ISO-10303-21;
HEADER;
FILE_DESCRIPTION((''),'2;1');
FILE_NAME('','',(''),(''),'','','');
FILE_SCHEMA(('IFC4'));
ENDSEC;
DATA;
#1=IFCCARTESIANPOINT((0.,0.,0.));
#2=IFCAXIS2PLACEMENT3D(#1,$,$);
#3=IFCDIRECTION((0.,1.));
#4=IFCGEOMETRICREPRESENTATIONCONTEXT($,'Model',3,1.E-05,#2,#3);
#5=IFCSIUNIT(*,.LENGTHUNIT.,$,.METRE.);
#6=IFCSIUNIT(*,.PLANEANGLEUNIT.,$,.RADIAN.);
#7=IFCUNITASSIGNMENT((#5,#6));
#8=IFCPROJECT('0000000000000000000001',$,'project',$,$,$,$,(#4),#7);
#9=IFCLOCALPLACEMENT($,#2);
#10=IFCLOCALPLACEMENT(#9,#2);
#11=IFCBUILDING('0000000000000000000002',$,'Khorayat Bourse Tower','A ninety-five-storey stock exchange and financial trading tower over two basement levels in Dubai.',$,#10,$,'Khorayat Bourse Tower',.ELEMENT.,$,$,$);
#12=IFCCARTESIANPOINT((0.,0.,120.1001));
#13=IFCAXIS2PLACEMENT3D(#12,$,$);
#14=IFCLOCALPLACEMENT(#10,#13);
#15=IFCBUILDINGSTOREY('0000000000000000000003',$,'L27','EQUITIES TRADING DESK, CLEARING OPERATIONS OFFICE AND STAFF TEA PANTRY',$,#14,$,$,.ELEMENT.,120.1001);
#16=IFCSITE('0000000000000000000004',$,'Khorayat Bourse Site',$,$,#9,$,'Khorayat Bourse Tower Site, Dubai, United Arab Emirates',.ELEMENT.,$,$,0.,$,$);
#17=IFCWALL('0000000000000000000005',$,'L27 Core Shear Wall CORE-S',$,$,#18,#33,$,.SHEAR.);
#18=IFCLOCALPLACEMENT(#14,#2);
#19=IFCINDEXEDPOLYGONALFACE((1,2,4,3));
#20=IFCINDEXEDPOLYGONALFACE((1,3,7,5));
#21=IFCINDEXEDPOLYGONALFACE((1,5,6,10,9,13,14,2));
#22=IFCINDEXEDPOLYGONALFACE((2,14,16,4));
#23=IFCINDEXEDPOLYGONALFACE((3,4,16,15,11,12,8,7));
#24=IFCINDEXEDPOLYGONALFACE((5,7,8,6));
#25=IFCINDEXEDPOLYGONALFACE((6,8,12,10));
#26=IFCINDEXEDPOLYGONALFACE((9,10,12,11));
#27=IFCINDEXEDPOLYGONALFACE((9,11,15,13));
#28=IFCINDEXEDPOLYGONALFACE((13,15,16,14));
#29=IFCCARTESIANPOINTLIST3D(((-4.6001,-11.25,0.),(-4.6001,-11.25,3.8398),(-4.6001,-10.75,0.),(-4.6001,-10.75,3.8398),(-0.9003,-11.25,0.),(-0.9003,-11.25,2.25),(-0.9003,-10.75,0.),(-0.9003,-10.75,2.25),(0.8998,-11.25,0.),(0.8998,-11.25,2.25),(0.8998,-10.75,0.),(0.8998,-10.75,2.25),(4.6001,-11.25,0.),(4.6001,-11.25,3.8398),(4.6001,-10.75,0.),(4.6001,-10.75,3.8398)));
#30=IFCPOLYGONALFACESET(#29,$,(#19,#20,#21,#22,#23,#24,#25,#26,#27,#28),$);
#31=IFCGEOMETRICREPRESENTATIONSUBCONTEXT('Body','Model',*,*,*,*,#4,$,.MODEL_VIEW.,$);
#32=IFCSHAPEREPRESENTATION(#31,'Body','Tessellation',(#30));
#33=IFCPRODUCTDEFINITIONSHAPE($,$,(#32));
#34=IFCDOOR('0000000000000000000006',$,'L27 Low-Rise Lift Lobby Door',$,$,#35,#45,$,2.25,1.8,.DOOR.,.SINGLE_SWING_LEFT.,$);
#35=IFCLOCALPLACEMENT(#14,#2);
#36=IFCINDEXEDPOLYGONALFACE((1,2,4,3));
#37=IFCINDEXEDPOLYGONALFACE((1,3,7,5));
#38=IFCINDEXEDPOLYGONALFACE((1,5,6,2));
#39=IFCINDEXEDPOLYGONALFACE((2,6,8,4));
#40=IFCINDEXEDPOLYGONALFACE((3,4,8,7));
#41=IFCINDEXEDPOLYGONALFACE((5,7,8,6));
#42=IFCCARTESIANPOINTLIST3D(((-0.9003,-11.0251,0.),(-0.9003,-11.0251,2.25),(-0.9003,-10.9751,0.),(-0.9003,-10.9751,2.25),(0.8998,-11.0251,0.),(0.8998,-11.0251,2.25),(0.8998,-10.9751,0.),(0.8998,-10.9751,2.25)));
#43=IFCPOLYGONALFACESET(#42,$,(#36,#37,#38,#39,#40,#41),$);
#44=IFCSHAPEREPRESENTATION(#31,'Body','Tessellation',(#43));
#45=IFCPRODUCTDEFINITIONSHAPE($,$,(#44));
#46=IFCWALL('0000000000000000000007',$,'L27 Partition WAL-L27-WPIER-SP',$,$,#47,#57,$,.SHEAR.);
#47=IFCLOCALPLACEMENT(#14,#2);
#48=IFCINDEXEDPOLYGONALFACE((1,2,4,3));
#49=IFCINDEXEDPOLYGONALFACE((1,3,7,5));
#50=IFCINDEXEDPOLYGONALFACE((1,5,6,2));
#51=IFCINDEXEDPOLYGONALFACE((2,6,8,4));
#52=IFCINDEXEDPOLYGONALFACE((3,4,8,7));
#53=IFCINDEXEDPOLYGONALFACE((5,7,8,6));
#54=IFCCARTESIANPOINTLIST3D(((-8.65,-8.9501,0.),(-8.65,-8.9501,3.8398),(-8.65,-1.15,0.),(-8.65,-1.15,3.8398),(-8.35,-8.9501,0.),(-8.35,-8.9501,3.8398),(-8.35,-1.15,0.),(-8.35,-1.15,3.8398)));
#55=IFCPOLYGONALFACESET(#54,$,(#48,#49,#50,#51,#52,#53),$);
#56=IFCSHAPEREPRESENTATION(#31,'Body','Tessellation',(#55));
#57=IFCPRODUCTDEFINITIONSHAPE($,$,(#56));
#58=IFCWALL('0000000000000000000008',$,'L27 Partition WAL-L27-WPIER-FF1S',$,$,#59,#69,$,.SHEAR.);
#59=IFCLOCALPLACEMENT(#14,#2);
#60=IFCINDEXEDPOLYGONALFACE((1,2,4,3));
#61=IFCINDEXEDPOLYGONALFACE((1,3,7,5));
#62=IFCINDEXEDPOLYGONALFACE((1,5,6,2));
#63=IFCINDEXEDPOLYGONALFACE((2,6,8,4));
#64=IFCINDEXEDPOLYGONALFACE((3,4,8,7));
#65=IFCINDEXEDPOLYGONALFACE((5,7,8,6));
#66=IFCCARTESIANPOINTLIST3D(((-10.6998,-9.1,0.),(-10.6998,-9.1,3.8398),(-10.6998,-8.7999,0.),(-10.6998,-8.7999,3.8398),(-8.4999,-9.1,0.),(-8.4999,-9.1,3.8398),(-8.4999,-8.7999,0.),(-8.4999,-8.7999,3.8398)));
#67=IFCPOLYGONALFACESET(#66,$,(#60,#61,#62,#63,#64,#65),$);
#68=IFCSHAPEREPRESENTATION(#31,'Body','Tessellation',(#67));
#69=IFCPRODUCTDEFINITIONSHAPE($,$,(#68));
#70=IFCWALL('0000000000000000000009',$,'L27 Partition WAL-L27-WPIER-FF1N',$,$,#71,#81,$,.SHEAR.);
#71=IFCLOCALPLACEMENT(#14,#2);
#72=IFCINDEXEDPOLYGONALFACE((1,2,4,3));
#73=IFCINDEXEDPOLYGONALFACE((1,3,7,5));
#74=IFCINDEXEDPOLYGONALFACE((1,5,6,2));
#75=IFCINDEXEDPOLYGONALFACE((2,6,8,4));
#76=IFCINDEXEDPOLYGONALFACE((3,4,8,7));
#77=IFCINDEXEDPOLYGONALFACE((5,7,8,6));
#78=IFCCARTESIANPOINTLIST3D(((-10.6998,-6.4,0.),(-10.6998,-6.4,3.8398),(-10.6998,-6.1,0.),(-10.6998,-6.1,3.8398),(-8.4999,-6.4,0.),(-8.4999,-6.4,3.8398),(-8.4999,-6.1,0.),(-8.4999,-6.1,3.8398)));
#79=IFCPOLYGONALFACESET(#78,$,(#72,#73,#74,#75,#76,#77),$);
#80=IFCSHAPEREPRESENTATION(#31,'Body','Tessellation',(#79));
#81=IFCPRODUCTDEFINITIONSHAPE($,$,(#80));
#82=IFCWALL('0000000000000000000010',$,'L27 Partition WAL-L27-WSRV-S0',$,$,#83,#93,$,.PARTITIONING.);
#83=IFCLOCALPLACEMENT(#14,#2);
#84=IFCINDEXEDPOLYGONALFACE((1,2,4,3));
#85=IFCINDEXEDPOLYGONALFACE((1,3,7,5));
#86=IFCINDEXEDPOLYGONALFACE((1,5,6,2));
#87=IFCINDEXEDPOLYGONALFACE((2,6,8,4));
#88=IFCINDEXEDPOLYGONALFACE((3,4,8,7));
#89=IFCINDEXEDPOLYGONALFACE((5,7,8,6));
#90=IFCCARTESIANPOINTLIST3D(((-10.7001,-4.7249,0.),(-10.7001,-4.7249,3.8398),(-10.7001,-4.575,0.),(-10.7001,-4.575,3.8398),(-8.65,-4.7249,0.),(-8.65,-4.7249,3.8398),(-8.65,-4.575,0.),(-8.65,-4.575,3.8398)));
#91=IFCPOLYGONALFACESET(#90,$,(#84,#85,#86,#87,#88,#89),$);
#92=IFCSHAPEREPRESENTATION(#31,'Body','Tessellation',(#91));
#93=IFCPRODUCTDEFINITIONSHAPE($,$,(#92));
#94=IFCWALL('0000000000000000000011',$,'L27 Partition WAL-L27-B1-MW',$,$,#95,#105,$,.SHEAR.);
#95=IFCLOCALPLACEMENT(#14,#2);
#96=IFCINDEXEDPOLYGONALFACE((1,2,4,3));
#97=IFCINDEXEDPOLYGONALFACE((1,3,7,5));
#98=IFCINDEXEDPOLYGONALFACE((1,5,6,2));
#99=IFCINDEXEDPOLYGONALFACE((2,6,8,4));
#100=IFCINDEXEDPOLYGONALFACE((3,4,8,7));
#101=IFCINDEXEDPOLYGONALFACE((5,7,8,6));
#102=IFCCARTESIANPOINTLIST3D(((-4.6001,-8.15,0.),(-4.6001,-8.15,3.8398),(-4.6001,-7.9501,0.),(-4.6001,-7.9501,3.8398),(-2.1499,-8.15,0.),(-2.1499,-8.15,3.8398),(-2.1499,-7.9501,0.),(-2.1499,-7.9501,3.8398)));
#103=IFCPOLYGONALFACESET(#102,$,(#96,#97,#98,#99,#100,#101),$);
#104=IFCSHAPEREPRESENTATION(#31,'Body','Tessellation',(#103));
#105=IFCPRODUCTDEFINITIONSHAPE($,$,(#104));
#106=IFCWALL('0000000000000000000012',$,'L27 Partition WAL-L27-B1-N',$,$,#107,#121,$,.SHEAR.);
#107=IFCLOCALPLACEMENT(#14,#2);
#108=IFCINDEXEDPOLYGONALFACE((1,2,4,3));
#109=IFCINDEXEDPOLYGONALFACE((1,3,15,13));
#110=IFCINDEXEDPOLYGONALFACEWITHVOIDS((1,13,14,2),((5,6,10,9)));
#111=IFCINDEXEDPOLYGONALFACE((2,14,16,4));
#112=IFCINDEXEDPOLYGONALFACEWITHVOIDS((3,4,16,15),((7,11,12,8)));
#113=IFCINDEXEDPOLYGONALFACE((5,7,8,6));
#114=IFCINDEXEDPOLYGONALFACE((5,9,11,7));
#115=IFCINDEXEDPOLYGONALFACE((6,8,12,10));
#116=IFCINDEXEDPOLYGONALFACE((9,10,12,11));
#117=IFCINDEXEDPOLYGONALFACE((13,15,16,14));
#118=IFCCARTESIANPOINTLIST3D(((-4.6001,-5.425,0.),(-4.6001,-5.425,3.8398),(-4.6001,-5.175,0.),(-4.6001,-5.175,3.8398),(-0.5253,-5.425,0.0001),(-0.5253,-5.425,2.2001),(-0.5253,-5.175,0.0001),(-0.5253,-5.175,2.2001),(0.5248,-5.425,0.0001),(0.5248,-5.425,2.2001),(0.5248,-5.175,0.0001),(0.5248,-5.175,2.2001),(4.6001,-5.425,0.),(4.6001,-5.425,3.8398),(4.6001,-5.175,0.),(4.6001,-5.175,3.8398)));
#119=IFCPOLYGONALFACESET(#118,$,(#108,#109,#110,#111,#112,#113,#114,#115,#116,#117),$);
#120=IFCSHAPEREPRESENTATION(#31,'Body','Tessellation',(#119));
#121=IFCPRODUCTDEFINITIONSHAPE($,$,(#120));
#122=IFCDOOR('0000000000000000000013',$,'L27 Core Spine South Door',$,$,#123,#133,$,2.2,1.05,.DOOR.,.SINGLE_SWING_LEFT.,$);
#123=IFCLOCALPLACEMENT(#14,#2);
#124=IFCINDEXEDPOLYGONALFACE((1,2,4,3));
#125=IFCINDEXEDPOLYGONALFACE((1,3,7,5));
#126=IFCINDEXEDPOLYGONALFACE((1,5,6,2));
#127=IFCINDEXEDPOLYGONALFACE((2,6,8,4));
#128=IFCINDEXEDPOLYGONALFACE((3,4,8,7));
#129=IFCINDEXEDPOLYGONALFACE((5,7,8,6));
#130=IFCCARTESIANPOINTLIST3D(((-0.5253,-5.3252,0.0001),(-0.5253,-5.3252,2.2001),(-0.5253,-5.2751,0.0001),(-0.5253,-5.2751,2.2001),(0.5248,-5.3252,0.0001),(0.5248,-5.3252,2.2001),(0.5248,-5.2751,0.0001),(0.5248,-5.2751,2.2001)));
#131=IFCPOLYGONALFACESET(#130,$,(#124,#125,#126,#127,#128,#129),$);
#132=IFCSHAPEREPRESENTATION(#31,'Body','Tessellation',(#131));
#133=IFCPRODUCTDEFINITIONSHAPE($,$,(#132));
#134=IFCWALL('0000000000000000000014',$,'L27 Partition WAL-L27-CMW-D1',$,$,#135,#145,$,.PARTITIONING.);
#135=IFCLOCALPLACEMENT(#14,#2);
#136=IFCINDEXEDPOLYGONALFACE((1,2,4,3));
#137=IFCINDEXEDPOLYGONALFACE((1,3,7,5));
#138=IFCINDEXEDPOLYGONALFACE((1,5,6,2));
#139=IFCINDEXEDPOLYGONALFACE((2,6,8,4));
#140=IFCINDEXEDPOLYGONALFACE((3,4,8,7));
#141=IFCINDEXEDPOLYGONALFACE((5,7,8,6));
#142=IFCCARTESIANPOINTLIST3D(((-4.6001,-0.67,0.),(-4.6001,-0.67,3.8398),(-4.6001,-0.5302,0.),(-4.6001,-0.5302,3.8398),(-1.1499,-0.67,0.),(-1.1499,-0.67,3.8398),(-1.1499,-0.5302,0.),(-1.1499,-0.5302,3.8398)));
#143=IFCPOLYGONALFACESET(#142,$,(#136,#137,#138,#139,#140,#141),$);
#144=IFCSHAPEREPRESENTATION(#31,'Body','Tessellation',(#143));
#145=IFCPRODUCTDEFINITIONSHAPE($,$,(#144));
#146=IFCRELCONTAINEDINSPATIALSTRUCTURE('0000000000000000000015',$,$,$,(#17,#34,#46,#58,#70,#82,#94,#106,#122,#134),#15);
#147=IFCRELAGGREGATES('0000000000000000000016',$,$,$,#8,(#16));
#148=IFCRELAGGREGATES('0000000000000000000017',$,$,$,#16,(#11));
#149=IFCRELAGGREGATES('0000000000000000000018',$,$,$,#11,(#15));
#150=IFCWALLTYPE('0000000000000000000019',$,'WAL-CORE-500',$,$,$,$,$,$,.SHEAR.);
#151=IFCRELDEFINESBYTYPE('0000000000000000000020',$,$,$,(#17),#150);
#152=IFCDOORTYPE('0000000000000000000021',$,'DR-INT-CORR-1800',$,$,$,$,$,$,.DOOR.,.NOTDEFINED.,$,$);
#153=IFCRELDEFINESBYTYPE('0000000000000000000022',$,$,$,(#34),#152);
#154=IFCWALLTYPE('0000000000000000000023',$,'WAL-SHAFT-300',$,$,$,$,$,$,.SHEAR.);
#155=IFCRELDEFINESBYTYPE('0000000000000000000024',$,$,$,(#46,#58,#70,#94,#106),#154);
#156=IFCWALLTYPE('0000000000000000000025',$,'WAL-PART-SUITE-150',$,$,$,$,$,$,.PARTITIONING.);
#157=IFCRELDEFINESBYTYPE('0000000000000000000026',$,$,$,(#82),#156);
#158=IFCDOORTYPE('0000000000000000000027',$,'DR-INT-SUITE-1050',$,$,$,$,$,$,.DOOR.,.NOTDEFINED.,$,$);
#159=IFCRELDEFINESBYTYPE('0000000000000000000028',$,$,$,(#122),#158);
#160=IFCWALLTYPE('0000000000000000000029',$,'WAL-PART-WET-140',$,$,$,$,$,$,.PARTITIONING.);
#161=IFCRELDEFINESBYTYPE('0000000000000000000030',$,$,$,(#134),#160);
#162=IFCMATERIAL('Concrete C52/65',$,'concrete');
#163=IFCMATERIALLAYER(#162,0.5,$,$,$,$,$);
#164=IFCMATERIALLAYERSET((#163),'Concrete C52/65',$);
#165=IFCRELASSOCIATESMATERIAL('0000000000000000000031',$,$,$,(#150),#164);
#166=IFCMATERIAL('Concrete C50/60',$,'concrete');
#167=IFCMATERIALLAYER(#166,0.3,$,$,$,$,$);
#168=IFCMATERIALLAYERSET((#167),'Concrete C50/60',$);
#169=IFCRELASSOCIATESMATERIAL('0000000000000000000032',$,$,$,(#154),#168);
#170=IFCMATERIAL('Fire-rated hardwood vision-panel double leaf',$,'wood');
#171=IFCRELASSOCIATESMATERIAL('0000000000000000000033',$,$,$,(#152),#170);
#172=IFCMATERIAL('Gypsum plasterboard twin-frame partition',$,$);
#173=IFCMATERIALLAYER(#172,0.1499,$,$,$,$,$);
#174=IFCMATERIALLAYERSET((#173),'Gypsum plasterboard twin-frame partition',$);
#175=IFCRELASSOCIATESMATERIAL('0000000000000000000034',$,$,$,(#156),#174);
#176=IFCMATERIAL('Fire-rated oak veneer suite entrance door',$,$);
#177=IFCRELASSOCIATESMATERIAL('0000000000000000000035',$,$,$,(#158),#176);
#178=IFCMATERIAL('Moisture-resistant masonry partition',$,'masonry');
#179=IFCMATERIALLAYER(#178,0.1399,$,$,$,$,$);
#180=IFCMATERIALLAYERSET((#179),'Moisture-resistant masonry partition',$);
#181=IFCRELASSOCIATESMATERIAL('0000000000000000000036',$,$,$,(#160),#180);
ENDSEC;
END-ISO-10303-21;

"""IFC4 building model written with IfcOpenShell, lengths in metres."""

from ifc_helpers import new_model, si_unit, direction, frame, frame_2d, origin, place, context, subcontext, project, spatial, rectangle, extrude, source, transform, mapped, material, layer, layer_set, type_object, element, fill, save


model = new_model("IFC4")

# Units and contexts
model_context = context("Model", 3, precision=1e-05, world=origin(), true_north=direction((0.0, 1.0)))
body_context = subcontext(model_context, "Body", "Model", "MODEL_VIEW")
ifc_project = project(units=[si_unit("LENGTHUNIT", "METRE"), si_unit("PLANEANGLEUNIT", "RADIAN")], contexts=[model_context])

# Site, building, storey
site_placement = place(None, origin())
site = spatial("IfcSite", under=ifc_project, at=site_placement, Name="Khorayat Bourse Site", LongName="Khorayat Bourse Tower Site, Dubai, United Arab Emirates", CompositionType="ELEMENT", RefElevation=0.0)
building_placement = place(site_placement, origin())
building = spatial("IfcBuilding", under=site, at=building_placement, Name="Khorayat Bourse Tower", Description="A ninety-five-storey stock exchange and financial trading tower over two basement levels in Dubai.", LongName="Khorayat Bourse Tower", CompositionType="ELEMENT")
storey_placement = place(building_placement, frame((0.0, 0.0, 120.1001)))
storey = spatial("IfcBuildingStorey", under=building, at=storey_placement, Name="L27", Description="EQUITIES TRADING DESK, CLEARING OPERATIONS OFFICE AND STAFF TEA PANTRY", CompositionType="ELEMENT", Elevation=120.1001)

# Shared definitions
ifc_material_1 = material(Name="Concrete C52/65", Category="concrete")
ifc_layer_1 = layer(ifc_material_1, 0.5)
ifc_layer_set_1 = layer_set([ifc_layer_1], Name="Concrete C52/65")
wall_type_1 = type_object("IfcWallType", Name="WAL-CORE-500", PredefinedType="SHEAR", material=ifc_layer_set_1)
ifc_material_2 = material(Name="Concrete C50/60", Category="concrete")
ifc_layer_2 = layer(ifc_material_2, 0.3)
ifc_layer_set_2 = layer_set([ifc_layer_2], Name="Concrete C50/60")
wall_type_2 = type_object("IfcWallType", Name="WAL-SHAFT-300", PredefinedType="SHEAR", material=ifc_layer_set_2)

# Wall, opening, door
shared_shape_1 = source(origin(), body_context, "Body", "SweptSolid", [
    extrude(rectangle(XDim=9.2002, YDim=0.5, at=frame_2d((4.6001, 0.0))), origin(), (0.0, 0.0, 1.0), 3.8398),
])
wall_1_placement = place(storey_placement, frame((-4.6001, -11.0, 0.0), z_axis=(0.0, 0.0, 1.0), x_axis=(1.0, 0.0, 0.0)))
wall_1 = element("IfcWall", 1, at=wall_1_placement, inside=storey, type_object=wall_type_1, Name="L27 Core Shear Wall CORE-S", PredefinedType="SHEAR", context=body_context, shape_type="MappedRepresentation", body=[
    mapped(shared_shape_1, transform((0.0, 0.0, 0.0), scale=1.0)),
])
shared_shape_2 = source(origin(), body_context, "Body", "SweptSolid", [
    extrude(rectangle(XDim=1.8, YDim=2.25, at=frame_2d((0.8999, 1.125))), frame((0.0, 0.26, 0.0), z_axis=(0.0, -1.0, 0.0), x_axis=(1.0, 0.0, 0.0)), (0.0, 0.0, 1.0), 0.52),
])
opening_1_placement = place(wall_1_placement, frame((3.7, 0.0, 0.0)))
opening_1 = element("IfcOpeningElement", 2, at=opening_1_placement, cuts=wall_1, PredefinedType="OPENING", context=body_context, shape_type="MappedRepresentation", body=[
    mapped(shared_shape_2, transform((0.0, 0.0, 0.0), scale=1.0)),
])
ifc_material_3 = material(Name="Fire-rated hardwood vision-panel double leaf", Category="wood")
door_type_1 = type_object("IfcDoorType", Name="DR-INT-CORR-1800", OperationType="NOTDEFINED", PredefinedType="DOOR", material=ifc_material_3)
shared_shape_3 = source(origin(), body_context, "Body", "SweptSolid", [
    extrude(rectangle(XDim=1.8, YDim=2.25, at=frame_2d((0.8999, 1.125))), frame((0.0, 0.0249, 0.0), z_axis=(0.0, -1.0, 0.0), x_axis=(1.0, 0.0, 0.0)), (0.0, 0.0, 1.0), 0.05),
])
door_1_placement = place(opening_1_placement, origin())
door_1 = element("IfcDoor", 3, at=door_1_placement, inside=storey, type_object=door_type_1, Name="L27 Low-Rise Lift Lobby Door", OperationType="SINGLE_SWING_LEFT", OverallHeight=2.25, OverallWidth=1.8, PredefinedType="DOOR", context=body_context, shape_type="MappedRepresentation", body=[
    mapped(shared_shape_3, transform((0.0, 0.0, 0.0), scale=1.0)),
])
fill(opening_1, door_1)

# Walls
shared_shape_4 = source(origin(), body_context, "Body", "SweptSolid", [
    extrude(rectangle(XDim=7.8, YDim=0.3, at=frame_2d((3.8999, 0.0))), origin(), (0.0, 0.0, 1.0), 3.8398),
])
wall_2_placement = place(storey_placement, frame((-8.5, -8.95, 0.0), z_axis=(0.0, 0.0, 1.0), x_axis=(0.0, 1.0, 0.0)))
element("IfcWall", 4, at=wall_2_placement, inside=storey, type_object=wall_type_2, Name="L27 Partition WAL-L27-WPIER-SP", PredefinedType="SHEAR", context=body_context, shape_type="MappedRepresentation", body=[
    mapped(shared_shape_4, transform((0.0, 0.0, 0.0), scale=1.0)),
])
shared_shape_5 = source(origin(), body_context, "Body", "SweptSolid", [
    extrude(rectangle(XDim=2.2, YDim=0.3, at=frame_2d((1.1001, 0.0))), origin(), (0.0, 0.0, 1.0), 3.8398),
])
for number, where, z_axis, x_axis, name in (
    (5, (-10.7, -8.95, 0.0), (0.0, 0.0, 1.0), (1.0, 0.0, 0.0), "L27 Partition WAL-L27-WPIER-FF1S"),
    (6, (-10.7, -6.25, 0.0), (0.0, 0.0, 1.0), (1.0, 0.0, 0.0), "L27 Partition WAL-L27-WPIER-FF1N"),
):
    element("IfcWall", number, at=place(storey_placement, frame(where, z_axis=z_axis, x_axis=x_axis)), inside=storey, type_object=wall_type_2, Name=name, PredefinedType="SHEAR", context=body_context, shape_type="MappedRepresentation", body=[
        mapped(shared_shape_5, transform((0.0, 0.0, 0.0), scale=1.0)),
    ])
ifc_material_4 = material(Name="Gypsum plasterboard twin-frame partition")
ifc_layer_3 = layer(ifc_material_4, 0.1499)
ifc_layer_set_3 = layer_set([ifc_layer_3], Name="Gypsum plasterboard twin-frame partition")
wall_type_3 = type_object("IfcWallType", Name="WAL-PART-SUITE-150", PredefinedType="PARTITIONING", material=ifc_layer_set_3)
shared_shape_6 = source(origin(), body_context, "Body", "SweptSolid", [
    extrude(rectangle(XDim=2.05, YDim=0.1499, at=frame_2d((1.0249, 0.0))), origin(), (0.0, 0.0, 1.0), 3.8398),
])
wall_3_placement = place(storey_placement, frame((-10.7, -4.6499, 0.0), z_axis=(0.0, 0.0, 1.0), x_axis=(1.0, 0.0, 0.0)))
element("IfcWall", 7, at=wall_3_placement, inside=storey, type_object=wall_type_3, Name="L27 Partition WAL-L27-WSRV-S0", PredefinedType="PARTITIONING", context=body_context, shape_type="MappedRepresentation", body=[
    mapped(shared_shape_6, transform((0.0, 0.0, 0.0), scale=1.0)),
])
shared_shape_7 = source(origin(), body_context, "Body", "SweptSolid", [
    extrude(rectangle(XDim=2.4502, YDim=0.2, at=frame_2d((1.2251, 0.0))), origin(), (0.0, 0.0, 1.0), 3.8398),
])
wall_4_placement = place(storey_placement, frame((-4.6001, -8.05, 0.0), z_axis=(0.0, 0.0, 1.0), x_axis=(1.0, 0.0, 0.0)))
element("IfcWall", 8, at=wall_4_placement, inside=storey, type_object=wall_type_2, Name="L27 Partition WAL-L27-B1-MW", PredefinedType="SHEAR", context=body_context, shape_type="MappedRepresentation", body=[
    mapped(shared_shape_7, transform((0.0, 0.0, 0.0), scale=1.0)),
])

# Wall, opening, door
shared_shape_8 = source(origin(), body_context, "Body", "SweptSolid", [
    extrude(rectangle(XDim=9.2002, YDim=0.25, at=frame_2d((4.6001, 0.0))), origin(), (0.0, 0.0, 1.0), 3.8398),
])
wall_5_placement = place(storey_placement, frame((-4.6001, -5.3, 0.0), z_axis=(0.0, 0.0, 1.0), x_axis=(1.0, 0.0, 0.0)))
wall_5 = element("IfcWall", 9, at=wall_5_placement, inside=storey, type_object=wall_type_2, Name="L27 Partition WAL-L27-B1-N", PredefinedType="SHEAR", context=body_context, shape_type="MappedRepresentation", body=[
    mapped(shared_shape_8, transform((0.0, 0.0, 0.0), scale=1.0)),
])
shared_shape_9 = source(origin(), body_context, "Body", "SweptSolid", [
    extrude(rectangle(XDim=1.05, YDim=2.2, at=frame_2d((0.5249, 1.1001))), frame((0.0, 0.135, 0.0), z_axis=(0.0, -1.0, 0.0), x_axis=(1.0, 0.0, 0.0)), (0.0, 0.0, 1.0), 0.27),
])
opening_2_placement = place(wall_5_placement, frame((4.075, 0.0, 0.0)))
opening_2 = element("IfcOpeningElement", 10, at=opening_2_placement, cuts=wall_5, PredefinedType="OPENING", context=body_context, shape_type="MappedRepresentation", body=[
    mapped(shared_shape_9, transform((0.0, 0.0, 0.0), scale=1.0)),
])
ifc_material_5 = material(Name="Fire-rated oak veneer suite entrance door")
door_type_2 = type_object("IfcDoorType", Name="DR-INT-SUITE-1050", OperationType="NOTDEFINED", PredefinedType="DOOR", material=ifc_material_5)
shared_shape_10 = source(origin(), body_context, "Body", "SweptSolid", [
    extrude(rectangle(XDim=1.05, YDim=2.2, at=frame_2d((0.5249, 1.1001))), frame((0.0, 0.0249, 0.0), z_axis=(0.0, -1.0, 0.0), x_axis=(1.0, 0.0, 0.0)), (0.0, 0.0, 1.0), 0.05),
])
door_2_placement = place(opening_2_placement, origin())
door_2 = element("IfcDoor", 11, at=door_2_placement, inside=storey, type_object=door_type_2, Name="L27 Core Spine South Door", OperationType="SINGLE_SWING_LEFT", OverallHeight=2.2, OverallWidth=1.05, PredefinedType="DOOR", context=body_context, shape_type="MappedRepresentation", body=[
    mapped(shared_shape_10, transform((0.0, 0.0, 0.0), scale=1.0)),
])
fill(opening_2, door_2)

# Wall
ifc_material_6 = material(Name="Moisture-resistant masonry partition", Category="masonry")
ifc_layer_4 = layer(ifc_material_6, 0.1399)
ifc_layer_set_4 = layer_set([ifc_layer_4], Name="Moisture-resistant masonry partition")
wall_type_4 = type_object("IfcWallType", Name="WAL-PART-WET-140", PredefinedType="PARTITIONING", material=ifc_layer_set_4)
shared_shape_11 = source(origin(), body_context, "Body", "SweptSolid", [
    extrude(rectangle(XDim=3.4502, YDim=0.1399, at=frame_2d((1.7251, 0.0))), origin(), (0.0, 0.0, 1.0), 3.8398),
])
wall_6_placement = place(storey_placement, frame((-4.6001, -0.6001, 0.0), z_axis=(0.0, 0.0, 1.0), x_axis=(1.0, 0.0, 0.0)))
element("IfcWall", 12, at=wall_6_placement, inside=storey, type_object=wall_type_4, Name="L27 Partition WAL-L27-CMW-D1", PredefinedType="PARTITIONING", context=body_context, shape_type="MappedRepresentation", body=[
    mapped(shared_shape_11, transform((0.0, 0.0, 0.0), scale=1.0)),
])

save(model, "model.ifc")
